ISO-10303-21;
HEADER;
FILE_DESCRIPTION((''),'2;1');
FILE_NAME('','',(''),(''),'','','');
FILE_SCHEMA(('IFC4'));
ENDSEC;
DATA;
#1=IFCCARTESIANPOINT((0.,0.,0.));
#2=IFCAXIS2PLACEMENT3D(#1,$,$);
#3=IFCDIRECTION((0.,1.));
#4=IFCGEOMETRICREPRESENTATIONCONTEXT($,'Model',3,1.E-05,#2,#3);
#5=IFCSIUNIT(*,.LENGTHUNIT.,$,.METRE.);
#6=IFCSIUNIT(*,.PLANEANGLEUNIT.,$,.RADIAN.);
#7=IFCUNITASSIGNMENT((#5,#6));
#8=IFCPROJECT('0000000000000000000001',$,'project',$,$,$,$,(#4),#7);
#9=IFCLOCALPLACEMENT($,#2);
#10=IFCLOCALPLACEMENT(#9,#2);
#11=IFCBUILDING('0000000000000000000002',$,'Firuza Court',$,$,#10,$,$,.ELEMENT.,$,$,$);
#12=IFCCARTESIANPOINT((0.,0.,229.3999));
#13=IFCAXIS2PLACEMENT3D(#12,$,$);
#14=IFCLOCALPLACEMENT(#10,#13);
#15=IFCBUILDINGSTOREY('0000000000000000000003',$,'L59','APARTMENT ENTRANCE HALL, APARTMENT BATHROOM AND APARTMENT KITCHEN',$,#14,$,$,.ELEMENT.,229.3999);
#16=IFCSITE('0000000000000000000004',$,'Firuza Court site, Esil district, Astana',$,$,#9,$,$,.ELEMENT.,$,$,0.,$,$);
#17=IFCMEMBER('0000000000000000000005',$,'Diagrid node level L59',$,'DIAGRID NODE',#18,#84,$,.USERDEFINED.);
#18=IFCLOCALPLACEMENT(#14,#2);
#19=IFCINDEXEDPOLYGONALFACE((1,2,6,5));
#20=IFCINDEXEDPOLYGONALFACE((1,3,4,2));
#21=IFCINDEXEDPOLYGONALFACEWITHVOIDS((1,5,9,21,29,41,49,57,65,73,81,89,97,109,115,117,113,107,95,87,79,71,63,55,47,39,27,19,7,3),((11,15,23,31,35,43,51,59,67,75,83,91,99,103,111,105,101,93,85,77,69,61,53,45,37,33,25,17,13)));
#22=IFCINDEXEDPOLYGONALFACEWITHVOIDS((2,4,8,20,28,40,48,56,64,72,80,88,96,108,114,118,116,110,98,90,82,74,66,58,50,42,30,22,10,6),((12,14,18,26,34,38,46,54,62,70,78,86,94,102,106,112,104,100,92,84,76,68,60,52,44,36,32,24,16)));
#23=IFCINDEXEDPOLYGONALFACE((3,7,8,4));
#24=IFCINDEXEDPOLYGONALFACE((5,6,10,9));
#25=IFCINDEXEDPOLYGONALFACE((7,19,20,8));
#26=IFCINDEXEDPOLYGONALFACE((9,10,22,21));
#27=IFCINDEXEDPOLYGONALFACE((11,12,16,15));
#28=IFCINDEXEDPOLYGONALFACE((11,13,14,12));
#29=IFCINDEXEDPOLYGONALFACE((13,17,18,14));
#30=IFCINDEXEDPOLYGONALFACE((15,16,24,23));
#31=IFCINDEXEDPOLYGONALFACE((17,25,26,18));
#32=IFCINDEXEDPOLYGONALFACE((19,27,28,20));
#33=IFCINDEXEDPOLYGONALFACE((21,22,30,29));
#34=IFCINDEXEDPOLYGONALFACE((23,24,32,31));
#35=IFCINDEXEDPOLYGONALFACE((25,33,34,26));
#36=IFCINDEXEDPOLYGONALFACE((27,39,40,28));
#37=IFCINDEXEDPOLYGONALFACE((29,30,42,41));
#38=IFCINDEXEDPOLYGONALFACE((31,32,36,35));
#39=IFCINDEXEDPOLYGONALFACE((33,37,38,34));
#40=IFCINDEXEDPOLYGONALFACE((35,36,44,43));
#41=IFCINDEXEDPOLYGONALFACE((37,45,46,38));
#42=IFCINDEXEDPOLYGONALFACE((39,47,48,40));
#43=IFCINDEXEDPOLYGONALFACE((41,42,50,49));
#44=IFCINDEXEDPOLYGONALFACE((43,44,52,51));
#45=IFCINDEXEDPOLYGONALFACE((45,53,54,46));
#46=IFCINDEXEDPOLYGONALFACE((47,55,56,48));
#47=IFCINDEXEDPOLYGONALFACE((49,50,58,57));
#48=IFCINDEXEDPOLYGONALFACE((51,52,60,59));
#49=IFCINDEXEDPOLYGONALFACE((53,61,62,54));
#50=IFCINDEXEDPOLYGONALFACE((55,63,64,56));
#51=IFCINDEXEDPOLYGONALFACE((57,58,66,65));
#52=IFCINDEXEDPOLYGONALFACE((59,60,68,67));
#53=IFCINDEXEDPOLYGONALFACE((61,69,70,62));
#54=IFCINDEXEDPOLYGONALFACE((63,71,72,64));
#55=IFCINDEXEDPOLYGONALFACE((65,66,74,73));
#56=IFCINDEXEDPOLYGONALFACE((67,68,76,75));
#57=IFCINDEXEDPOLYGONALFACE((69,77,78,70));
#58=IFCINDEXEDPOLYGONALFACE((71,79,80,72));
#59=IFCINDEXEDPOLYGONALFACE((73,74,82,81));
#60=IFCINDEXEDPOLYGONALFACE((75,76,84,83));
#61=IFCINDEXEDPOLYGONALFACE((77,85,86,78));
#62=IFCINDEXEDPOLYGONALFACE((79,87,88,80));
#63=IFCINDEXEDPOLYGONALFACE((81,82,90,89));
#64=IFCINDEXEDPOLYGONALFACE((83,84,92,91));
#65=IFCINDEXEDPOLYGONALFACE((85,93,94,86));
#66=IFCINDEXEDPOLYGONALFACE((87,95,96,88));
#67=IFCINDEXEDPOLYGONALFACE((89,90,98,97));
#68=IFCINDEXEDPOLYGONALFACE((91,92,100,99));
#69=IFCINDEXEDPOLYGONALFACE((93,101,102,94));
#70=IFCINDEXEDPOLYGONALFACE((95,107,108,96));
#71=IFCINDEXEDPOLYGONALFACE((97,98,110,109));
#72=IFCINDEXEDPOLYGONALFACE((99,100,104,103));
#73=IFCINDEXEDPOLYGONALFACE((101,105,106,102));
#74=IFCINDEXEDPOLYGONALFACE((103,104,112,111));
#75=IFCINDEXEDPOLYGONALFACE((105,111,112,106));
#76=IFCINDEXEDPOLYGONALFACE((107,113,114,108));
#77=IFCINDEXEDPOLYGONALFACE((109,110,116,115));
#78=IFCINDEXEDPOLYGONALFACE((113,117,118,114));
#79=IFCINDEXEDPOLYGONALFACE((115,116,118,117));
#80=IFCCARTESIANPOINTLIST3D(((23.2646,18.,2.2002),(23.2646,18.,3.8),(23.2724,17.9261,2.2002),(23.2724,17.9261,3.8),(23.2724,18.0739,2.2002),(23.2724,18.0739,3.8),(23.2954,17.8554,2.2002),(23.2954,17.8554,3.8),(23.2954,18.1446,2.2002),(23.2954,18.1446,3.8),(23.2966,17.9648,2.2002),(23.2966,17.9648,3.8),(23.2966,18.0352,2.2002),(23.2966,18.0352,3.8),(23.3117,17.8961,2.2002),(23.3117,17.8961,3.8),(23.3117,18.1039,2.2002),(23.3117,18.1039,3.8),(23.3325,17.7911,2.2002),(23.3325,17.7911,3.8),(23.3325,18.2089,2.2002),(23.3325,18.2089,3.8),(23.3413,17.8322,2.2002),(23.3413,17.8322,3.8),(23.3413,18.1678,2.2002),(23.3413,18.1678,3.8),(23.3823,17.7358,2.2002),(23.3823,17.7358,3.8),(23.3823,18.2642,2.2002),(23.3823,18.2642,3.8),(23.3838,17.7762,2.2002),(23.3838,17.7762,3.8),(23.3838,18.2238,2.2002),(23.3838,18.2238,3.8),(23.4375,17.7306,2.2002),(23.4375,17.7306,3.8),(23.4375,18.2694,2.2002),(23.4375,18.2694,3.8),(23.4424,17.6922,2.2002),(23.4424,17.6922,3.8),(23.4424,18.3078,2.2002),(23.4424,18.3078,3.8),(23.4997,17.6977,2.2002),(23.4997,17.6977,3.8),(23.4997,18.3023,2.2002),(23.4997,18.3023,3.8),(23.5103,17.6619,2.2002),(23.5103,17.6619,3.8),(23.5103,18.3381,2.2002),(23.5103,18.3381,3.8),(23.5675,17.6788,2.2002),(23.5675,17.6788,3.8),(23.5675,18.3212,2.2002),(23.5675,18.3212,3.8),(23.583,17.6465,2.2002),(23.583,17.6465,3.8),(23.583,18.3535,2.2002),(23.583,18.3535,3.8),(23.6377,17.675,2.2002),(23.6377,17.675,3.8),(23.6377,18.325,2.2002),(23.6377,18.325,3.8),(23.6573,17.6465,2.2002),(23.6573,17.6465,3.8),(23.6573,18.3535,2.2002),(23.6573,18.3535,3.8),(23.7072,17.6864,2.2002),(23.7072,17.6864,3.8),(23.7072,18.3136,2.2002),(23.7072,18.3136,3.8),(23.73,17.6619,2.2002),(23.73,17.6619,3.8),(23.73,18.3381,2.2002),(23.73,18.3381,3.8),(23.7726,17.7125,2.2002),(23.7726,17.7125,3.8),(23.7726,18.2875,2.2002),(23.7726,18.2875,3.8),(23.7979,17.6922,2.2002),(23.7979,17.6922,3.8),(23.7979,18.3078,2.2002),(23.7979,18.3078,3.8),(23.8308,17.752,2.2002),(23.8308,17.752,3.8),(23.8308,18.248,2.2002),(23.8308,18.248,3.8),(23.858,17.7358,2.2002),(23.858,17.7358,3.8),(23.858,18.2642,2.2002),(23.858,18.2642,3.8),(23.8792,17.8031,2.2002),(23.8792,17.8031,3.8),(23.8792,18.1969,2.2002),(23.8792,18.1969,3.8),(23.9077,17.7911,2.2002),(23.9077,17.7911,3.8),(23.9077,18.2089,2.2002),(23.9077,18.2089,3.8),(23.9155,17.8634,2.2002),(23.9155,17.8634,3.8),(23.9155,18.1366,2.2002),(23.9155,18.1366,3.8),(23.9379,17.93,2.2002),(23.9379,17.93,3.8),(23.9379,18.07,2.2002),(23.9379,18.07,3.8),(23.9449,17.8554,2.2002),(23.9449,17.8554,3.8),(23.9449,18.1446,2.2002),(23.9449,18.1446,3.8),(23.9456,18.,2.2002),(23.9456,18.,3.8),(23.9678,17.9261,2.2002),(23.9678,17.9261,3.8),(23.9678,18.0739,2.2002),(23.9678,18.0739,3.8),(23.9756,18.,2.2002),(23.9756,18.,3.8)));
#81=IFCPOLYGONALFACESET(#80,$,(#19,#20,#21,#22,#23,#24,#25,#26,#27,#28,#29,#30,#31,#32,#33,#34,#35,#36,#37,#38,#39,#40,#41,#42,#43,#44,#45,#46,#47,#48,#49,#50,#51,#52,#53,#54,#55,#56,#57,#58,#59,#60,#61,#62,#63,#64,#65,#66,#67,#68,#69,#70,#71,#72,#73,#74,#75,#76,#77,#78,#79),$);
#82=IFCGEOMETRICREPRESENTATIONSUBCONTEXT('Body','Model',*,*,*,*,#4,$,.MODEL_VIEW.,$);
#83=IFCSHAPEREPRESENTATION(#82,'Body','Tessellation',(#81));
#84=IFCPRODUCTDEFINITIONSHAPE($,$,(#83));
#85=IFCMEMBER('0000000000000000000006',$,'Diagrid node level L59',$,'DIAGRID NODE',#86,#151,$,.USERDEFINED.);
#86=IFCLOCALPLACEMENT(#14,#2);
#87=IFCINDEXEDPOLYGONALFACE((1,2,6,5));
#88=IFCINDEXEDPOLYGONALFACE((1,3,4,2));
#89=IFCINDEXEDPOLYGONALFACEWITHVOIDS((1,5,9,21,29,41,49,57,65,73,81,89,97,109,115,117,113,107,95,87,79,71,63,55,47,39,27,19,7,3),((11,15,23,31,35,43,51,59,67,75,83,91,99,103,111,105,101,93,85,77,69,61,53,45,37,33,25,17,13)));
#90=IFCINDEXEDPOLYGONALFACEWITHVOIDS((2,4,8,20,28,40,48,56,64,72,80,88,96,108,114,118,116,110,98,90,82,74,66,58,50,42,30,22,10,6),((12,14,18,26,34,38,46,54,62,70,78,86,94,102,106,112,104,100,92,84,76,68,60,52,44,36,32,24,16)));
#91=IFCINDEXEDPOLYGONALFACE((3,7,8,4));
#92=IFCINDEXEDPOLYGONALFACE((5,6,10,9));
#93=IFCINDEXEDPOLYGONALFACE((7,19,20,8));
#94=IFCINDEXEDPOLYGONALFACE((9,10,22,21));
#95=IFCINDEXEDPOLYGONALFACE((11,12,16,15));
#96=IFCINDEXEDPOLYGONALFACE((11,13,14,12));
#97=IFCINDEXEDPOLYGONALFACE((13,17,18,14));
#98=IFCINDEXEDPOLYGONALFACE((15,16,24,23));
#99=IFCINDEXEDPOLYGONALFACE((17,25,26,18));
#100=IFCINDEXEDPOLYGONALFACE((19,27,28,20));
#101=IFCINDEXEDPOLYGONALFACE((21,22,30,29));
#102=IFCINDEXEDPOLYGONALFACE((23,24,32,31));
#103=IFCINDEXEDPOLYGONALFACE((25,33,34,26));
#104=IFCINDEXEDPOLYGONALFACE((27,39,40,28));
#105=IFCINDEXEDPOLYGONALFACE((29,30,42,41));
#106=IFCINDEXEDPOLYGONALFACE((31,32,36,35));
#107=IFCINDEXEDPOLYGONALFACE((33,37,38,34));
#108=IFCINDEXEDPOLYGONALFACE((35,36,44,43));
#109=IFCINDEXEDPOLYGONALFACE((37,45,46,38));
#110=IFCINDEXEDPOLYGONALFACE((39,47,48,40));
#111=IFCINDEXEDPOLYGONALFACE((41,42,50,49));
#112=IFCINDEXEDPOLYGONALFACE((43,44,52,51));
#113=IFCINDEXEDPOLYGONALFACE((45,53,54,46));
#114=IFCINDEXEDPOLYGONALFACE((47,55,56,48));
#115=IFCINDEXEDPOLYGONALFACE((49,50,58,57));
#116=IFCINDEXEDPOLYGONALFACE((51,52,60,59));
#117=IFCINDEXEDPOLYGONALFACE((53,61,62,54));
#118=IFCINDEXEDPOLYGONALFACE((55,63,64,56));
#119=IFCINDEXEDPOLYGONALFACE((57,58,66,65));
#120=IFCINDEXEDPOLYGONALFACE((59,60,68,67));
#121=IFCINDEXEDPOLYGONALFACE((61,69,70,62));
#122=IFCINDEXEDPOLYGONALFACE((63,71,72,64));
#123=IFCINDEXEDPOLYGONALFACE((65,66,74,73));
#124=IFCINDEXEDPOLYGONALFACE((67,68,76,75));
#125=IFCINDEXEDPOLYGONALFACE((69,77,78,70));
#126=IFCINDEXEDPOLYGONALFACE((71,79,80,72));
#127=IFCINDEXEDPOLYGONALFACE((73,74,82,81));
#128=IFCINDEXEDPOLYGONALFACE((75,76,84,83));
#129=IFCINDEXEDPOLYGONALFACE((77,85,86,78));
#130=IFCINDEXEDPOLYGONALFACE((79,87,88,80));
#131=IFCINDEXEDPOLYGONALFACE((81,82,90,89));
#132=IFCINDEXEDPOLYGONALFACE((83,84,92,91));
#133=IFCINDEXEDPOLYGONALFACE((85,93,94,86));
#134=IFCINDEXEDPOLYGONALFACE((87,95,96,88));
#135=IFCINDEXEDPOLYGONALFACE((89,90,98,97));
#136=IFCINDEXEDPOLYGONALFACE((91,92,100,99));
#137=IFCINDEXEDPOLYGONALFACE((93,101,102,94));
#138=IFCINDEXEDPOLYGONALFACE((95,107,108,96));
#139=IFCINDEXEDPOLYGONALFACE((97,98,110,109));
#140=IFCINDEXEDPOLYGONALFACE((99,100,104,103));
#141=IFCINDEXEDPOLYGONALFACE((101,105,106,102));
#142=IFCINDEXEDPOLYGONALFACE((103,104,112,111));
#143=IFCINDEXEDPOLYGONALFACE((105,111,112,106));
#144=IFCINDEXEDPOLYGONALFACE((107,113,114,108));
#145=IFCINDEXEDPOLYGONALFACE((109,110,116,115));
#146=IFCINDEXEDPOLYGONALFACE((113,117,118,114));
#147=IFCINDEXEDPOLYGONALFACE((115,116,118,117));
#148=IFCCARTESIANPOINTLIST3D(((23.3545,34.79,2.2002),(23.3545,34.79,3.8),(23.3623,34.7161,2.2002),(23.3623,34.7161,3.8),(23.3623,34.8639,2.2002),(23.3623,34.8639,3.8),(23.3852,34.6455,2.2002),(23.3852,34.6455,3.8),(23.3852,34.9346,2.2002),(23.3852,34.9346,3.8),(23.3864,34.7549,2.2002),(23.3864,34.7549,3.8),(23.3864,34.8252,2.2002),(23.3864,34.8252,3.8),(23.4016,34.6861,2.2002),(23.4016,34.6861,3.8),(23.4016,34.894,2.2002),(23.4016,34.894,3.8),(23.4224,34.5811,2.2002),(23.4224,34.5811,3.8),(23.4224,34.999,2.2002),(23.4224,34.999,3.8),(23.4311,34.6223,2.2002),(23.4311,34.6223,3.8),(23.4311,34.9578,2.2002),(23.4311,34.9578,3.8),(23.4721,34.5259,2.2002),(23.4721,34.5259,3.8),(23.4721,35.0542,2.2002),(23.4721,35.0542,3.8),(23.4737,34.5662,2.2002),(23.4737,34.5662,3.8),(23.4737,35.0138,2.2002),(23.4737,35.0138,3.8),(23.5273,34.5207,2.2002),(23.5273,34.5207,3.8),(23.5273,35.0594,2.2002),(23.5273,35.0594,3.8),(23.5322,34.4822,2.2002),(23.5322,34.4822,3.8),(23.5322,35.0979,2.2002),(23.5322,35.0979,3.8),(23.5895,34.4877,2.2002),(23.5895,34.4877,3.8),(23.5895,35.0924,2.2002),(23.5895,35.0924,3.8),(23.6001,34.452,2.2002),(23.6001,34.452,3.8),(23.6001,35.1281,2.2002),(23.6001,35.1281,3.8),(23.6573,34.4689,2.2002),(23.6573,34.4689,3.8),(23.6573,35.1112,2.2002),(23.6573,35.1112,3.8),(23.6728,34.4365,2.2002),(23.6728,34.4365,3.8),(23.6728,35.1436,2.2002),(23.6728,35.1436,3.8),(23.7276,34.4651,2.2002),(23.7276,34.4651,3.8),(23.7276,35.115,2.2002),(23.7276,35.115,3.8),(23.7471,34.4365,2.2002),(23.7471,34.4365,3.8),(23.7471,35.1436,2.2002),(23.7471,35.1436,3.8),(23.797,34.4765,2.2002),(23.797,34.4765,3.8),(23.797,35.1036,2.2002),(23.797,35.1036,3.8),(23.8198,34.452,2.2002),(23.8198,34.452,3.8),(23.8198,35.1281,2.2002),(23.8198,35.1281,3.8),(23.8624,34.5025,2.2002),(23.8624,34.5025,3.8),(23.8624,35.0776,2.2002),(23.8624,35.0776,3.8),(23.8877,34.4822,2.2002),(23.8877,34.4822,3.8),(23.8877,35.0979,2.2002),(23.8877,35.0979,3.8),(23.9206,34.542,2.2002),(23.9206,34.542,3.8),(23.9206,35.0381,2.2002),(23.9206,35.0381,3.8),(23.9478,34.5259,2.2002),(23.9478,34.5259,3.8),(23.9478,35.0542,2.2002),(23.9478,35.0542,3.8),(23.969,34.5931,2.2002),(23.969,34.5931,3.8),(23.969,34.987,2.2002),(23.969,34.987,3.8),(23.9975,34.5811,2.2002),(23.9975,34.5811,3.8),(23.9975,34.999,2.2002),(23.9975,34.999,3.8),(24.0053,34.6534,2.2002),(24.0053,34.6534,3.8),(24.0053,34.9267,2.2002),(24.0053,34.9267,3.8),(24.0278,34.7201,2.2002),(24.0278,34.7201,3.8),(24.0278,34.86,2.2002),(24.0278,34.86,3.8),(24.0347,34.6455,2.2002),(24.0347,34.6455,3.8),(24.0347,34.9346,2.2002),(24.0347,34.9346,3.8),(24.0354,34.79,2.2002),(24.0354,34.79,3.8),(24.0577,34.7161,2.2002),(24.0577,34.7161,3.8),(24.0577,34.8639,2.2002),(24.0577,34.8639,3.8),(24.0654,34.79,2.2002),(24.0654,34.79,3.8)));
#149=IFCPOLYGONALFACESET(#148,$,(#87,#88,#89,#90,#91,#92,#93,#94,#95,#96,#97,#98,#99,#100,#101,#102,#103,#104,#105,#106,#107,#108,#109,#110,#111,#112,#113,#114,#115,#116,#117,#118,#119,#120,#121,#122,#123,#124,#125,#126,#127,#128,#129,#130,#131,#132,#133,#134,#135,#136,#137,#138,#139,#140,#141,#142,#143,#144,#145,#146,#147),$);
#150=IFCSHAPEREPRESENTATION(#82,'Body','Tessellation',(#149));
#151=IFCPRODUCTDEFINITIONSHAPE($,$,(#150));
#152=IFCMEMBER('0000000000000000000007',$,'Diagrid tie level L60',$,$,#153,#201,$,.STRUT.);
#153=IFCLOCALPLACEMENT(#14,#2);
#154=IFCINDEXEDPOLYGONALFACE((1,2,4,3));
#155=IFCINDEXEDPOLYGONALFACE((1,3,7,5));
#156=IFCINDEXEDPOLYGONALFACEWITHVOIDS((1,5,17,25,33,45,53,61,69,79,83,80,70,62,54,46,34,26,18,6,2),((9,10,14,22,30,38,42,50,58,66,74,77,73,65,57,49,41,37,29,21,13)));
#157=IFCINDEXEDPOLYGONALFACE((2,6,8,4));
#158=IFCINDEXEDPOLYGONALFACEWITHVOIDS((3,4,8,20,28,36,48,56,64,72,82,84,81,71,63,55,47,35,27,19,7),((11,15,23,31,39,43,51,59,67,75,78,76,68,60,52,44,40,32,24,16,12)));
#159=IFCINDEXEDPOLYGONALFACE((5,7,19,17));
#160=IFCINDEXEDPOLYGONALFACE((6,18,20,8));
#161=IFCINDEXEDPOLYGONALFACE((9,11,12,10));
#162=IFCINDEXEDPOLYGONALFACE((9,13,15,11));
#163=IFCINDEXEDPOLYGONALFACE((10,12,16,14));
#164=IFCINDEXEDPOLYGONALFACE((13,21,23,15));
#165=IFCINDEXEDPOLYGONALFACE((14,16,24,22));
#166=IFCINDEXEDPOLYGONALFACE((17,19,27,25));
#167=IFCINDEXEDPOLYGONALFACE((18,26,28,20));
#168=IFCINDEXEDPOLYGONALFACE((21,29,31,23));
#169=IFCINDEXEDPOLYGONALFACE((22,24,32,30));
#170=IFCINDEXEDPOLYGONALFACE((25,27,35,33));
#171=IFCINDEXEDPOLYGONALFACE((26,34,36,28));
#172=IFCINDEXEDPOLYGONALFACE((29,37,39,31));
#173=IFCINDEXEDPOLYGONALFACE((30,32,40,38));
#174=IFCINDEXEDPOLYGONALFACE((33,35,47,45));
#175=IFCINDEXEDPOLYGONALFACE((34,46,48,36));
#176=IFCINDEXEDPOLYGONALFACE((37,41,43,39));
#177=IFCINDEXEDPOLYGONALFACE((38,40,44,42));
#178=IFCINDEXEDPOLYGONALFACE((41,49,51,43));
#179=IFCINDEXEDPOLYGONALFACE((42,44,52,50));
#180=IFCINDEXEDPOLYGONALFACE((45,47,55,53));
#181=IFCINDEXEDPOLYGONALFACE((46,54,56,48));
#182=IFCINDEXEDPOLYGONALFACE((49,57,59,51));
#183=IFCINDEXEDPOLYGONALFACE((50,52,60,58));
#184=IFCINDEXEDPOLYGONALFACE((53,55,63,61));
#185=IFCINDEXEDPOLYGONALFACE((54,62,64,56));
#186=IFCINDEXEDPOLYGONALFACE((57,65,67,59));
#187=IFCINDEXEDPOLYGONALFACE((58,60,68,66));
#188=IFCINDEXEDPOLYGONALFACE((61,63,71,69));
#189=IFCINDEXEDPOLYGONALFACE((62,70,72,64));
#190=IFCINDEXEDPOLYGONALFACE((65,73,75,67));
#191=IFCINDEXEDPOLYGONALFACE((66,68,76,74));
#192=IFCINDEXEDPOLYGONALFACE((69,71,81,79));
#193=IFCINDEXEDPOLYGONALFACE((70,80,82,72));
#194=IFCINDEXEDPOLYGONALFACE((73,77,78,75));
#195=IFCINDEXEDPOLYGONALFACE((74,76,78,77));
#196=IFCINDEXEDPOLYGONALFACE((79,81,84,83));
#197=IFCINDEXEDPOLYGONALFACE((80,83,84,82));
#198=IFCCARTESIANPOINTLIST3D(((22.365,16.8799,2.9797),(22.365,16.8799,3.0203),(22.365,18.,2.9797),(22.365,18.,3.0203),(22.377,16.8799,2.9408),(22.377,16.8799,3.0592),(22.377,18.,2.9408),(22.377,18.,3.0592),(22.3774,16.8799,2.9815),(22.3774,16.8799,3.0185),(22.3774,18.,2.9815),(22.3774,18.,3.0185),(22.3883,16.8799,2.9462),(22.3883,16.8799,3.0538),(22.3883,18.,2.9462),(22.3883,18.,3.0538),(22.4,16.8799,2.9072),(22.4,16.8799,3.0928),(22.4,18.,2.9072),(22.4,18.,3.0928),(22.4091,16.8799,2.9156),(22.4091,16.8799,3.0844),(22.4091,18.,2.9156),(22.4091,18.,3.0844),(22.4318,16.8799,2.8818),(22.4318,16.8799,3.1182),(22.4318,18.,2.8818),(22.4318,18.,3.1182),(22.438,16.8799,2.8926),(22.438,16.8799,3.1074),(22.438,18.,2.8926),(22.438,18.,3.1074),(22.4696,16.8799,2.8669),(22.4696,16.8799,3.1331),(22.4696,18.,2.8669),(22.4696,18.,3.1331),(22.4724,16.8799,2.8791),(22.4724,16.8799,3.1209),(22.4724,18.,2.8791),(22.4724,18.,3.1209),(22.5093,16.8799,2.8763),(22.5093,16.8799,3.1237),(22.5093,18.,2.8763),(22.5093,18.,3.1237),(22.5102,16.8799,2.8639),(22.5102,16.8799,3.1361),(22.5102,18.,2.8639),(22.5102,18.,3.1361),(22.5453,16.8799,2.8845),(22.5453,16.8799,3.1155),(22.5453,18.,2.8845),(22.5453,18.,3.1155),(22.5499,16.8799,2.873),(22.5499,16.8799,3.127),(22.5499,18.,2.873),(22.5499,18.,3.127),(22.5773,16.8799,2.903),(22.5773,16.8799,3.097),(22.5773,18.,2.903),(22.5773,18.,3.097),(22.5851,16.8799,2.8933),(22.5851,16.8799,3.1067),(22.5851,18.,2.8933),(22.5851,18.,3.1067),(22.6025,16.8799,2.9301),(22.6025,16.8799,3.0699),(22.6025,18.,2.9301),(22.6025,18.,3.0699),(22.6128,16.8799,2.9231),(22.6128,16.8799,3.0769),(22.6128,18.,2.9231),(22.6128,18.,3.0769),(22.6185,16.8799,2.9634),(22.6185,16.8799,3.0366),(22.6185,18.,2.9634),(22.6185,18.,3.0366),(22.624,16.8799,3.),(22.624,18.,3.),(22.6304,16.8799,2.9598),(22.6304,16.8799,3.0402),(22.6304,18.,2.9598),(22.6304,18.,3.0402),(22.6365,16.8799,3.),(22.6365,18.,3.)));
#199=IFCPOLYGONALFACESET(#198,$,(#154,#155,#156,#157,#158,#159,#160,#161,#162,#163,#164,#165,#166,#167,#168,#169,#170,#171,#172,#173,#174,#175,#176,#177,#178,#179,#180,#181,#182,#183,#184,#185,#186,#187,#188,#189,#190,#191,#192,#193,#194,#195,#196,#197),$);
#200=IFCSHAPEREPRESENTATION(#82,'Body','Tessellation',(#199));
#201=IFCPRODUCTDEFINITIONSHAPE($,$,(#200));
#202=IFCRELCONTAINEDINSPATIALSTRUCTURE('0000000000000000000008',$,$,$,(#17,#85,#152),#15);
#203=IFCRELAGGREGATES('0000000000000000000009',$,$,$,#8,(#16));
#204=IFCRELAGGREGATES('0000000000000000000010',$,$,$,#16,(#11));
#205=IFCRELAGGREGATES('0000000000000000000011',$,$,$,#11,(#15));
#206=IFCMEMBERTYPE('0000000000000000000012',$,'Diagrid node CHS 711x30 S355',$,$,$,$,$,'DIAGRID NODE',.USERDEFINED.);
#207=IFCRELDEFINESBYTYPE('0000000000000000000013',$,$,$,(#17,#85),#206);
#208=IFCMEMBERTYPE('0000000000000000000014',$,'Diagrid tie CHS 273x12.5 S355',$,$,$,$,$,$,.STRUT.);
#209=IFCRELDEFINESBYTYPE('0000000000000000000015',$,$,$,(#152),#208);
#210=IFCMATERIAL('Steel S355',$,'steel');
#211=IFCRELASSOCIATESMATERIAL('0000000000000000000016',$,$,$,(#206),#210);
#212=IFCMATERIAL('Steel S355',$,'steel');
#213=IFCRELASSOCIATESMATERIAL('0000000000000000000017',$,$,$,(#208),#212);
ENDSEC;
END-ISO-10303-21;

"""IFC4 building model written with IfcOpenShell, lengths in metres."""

from ifc_helpers import new_model, si_unit, direction, frame, origin, origin_2d, place, context, subcontext, project, spatial, hollow_circle, extrude, material, material_profile, profile_set, type_object, element, save


model = new_model("IFC4")

# Units and contexts
model_context = context("Model", 3, precision=1e-05, world=origin(), true_north=direction((0.0, 1.0)))
body_context = subcontext(model_context, "Body", "Model", "MODEL_VIEW")
ifc_project = project(units=[si_unit("LENGTHUNIT", "METRE"), si_unit("PLANEANGLEUNIT", "RADIAN")], contexts=[model_context])

# Site, building, storey
site_placement = place(None, origin())
site = spatial("IfcSite", under=ifc_project, at=site_placement, Name="Firuza Court site, Esil district, Astana", CompositionType="ELEMENT", RefElevation=0.0)
building_placement = place(site_placement, origin())
building = spatial("IfcBuilding", under=site, at=building_placement, Name="Firuza Court", CompositionType="ELEMENT")
storey_placement = place(building_placement, frame((0.0, 0.0, 229.3999)))
storey = spatial("IfcBuildingStorey", under=building, at=storey_placement, Name="L59", Description="APARTMENT ENTRANCE HALL, APARTMENT BATHROOM AND APARTMENT KITCHEN", CompositionType="ELEMENT", Elevation=229.3999)

# Members
ifc_material_1 = material(Name="Steel S355", Category="steel")
ifc_material_profile_1 = material_profile(ifc_material_1, hollow_circle(Radius=0.3555, WallThickness=0.03, at=origin_2d()), Name="CHS 711x30")
ifc_profile_set_1 = profile_set([ifc_material_profile_1], Name="Steel S355")
member_type_1 = type_object("IfcMemberType", Name="Diagrid node CHS 711x30 S355", ElementType="DIAGRID NODE", PredefinedType="USERDEFINED", material=ifc_profile_set_1)
for number, where, z_axis, x_axis, name in (
    (1, (23.6201, 18.0, 2.2002), (0.0, 0.0, 1.0), (1.0, 0.0, 0.0), "Diagrid node level L59"),
    (2, (23.71, 34.79, 2.2002), (0.0, 0.0, 1.0), (1.0, 0.0, 0.0), "Diagrid node level L59"),
):
    element("IfcMember", number, at=place(storey_placement, frame(where, z_axis=z_axis, x_axis=x_axis)), inside=storey, type_object=member_type_1, Name=name, ObjectType="DIAGRID NODE", PredefinedType="USERDEFINED", context=body_context, shape_type="SweptSolid", body=[
        extrude(hollow_circle(Radius=0.3555, WallThickness=0.03, at=origin_2d()), origin(), (0.0, 0.0, 1.0), 1.5999),
    ])
ifc_material_2 = material(Name="Steel S355", Category="steel")
ifc_material_profile_2 = material_profile(ifc_material_2, hollow_circle(Radius=0.1365, WallThickness=0.0125, at=origin_2d()), Name="CHS 273x12.5")
ifc_profile_set_2 = profile_set([ifc_material_profile_2], Name="Steel S355")
member_type_2 = type_object("IfcMemberType", Name="Diagrid tie CHS 273x12.5 S355", PredefinedType="STRUT", material=ifc_profile_set_2)
member_placement = place(storey_placement, frame((22.5, 18.0, 3.0), z_axis=(0.0, -1.0, 0.0), x_axis=(1.0, 0.0, 0.0)))
element("IfcMember", 3, at=member_placement, inside=storey, type_object=member_type_2, Name="Diagrid tie level L60", PredefinedType="STRUT", context=body_context, shape_type="SweptSolid", body=[
    extrude(hollow_circle(Radius=0.1365, WallThickness=0.0125, at=origin_2d()), origin(), (0.0, 0.0, 1.0), 1.1201),
])

save(model, "model.ifc")
